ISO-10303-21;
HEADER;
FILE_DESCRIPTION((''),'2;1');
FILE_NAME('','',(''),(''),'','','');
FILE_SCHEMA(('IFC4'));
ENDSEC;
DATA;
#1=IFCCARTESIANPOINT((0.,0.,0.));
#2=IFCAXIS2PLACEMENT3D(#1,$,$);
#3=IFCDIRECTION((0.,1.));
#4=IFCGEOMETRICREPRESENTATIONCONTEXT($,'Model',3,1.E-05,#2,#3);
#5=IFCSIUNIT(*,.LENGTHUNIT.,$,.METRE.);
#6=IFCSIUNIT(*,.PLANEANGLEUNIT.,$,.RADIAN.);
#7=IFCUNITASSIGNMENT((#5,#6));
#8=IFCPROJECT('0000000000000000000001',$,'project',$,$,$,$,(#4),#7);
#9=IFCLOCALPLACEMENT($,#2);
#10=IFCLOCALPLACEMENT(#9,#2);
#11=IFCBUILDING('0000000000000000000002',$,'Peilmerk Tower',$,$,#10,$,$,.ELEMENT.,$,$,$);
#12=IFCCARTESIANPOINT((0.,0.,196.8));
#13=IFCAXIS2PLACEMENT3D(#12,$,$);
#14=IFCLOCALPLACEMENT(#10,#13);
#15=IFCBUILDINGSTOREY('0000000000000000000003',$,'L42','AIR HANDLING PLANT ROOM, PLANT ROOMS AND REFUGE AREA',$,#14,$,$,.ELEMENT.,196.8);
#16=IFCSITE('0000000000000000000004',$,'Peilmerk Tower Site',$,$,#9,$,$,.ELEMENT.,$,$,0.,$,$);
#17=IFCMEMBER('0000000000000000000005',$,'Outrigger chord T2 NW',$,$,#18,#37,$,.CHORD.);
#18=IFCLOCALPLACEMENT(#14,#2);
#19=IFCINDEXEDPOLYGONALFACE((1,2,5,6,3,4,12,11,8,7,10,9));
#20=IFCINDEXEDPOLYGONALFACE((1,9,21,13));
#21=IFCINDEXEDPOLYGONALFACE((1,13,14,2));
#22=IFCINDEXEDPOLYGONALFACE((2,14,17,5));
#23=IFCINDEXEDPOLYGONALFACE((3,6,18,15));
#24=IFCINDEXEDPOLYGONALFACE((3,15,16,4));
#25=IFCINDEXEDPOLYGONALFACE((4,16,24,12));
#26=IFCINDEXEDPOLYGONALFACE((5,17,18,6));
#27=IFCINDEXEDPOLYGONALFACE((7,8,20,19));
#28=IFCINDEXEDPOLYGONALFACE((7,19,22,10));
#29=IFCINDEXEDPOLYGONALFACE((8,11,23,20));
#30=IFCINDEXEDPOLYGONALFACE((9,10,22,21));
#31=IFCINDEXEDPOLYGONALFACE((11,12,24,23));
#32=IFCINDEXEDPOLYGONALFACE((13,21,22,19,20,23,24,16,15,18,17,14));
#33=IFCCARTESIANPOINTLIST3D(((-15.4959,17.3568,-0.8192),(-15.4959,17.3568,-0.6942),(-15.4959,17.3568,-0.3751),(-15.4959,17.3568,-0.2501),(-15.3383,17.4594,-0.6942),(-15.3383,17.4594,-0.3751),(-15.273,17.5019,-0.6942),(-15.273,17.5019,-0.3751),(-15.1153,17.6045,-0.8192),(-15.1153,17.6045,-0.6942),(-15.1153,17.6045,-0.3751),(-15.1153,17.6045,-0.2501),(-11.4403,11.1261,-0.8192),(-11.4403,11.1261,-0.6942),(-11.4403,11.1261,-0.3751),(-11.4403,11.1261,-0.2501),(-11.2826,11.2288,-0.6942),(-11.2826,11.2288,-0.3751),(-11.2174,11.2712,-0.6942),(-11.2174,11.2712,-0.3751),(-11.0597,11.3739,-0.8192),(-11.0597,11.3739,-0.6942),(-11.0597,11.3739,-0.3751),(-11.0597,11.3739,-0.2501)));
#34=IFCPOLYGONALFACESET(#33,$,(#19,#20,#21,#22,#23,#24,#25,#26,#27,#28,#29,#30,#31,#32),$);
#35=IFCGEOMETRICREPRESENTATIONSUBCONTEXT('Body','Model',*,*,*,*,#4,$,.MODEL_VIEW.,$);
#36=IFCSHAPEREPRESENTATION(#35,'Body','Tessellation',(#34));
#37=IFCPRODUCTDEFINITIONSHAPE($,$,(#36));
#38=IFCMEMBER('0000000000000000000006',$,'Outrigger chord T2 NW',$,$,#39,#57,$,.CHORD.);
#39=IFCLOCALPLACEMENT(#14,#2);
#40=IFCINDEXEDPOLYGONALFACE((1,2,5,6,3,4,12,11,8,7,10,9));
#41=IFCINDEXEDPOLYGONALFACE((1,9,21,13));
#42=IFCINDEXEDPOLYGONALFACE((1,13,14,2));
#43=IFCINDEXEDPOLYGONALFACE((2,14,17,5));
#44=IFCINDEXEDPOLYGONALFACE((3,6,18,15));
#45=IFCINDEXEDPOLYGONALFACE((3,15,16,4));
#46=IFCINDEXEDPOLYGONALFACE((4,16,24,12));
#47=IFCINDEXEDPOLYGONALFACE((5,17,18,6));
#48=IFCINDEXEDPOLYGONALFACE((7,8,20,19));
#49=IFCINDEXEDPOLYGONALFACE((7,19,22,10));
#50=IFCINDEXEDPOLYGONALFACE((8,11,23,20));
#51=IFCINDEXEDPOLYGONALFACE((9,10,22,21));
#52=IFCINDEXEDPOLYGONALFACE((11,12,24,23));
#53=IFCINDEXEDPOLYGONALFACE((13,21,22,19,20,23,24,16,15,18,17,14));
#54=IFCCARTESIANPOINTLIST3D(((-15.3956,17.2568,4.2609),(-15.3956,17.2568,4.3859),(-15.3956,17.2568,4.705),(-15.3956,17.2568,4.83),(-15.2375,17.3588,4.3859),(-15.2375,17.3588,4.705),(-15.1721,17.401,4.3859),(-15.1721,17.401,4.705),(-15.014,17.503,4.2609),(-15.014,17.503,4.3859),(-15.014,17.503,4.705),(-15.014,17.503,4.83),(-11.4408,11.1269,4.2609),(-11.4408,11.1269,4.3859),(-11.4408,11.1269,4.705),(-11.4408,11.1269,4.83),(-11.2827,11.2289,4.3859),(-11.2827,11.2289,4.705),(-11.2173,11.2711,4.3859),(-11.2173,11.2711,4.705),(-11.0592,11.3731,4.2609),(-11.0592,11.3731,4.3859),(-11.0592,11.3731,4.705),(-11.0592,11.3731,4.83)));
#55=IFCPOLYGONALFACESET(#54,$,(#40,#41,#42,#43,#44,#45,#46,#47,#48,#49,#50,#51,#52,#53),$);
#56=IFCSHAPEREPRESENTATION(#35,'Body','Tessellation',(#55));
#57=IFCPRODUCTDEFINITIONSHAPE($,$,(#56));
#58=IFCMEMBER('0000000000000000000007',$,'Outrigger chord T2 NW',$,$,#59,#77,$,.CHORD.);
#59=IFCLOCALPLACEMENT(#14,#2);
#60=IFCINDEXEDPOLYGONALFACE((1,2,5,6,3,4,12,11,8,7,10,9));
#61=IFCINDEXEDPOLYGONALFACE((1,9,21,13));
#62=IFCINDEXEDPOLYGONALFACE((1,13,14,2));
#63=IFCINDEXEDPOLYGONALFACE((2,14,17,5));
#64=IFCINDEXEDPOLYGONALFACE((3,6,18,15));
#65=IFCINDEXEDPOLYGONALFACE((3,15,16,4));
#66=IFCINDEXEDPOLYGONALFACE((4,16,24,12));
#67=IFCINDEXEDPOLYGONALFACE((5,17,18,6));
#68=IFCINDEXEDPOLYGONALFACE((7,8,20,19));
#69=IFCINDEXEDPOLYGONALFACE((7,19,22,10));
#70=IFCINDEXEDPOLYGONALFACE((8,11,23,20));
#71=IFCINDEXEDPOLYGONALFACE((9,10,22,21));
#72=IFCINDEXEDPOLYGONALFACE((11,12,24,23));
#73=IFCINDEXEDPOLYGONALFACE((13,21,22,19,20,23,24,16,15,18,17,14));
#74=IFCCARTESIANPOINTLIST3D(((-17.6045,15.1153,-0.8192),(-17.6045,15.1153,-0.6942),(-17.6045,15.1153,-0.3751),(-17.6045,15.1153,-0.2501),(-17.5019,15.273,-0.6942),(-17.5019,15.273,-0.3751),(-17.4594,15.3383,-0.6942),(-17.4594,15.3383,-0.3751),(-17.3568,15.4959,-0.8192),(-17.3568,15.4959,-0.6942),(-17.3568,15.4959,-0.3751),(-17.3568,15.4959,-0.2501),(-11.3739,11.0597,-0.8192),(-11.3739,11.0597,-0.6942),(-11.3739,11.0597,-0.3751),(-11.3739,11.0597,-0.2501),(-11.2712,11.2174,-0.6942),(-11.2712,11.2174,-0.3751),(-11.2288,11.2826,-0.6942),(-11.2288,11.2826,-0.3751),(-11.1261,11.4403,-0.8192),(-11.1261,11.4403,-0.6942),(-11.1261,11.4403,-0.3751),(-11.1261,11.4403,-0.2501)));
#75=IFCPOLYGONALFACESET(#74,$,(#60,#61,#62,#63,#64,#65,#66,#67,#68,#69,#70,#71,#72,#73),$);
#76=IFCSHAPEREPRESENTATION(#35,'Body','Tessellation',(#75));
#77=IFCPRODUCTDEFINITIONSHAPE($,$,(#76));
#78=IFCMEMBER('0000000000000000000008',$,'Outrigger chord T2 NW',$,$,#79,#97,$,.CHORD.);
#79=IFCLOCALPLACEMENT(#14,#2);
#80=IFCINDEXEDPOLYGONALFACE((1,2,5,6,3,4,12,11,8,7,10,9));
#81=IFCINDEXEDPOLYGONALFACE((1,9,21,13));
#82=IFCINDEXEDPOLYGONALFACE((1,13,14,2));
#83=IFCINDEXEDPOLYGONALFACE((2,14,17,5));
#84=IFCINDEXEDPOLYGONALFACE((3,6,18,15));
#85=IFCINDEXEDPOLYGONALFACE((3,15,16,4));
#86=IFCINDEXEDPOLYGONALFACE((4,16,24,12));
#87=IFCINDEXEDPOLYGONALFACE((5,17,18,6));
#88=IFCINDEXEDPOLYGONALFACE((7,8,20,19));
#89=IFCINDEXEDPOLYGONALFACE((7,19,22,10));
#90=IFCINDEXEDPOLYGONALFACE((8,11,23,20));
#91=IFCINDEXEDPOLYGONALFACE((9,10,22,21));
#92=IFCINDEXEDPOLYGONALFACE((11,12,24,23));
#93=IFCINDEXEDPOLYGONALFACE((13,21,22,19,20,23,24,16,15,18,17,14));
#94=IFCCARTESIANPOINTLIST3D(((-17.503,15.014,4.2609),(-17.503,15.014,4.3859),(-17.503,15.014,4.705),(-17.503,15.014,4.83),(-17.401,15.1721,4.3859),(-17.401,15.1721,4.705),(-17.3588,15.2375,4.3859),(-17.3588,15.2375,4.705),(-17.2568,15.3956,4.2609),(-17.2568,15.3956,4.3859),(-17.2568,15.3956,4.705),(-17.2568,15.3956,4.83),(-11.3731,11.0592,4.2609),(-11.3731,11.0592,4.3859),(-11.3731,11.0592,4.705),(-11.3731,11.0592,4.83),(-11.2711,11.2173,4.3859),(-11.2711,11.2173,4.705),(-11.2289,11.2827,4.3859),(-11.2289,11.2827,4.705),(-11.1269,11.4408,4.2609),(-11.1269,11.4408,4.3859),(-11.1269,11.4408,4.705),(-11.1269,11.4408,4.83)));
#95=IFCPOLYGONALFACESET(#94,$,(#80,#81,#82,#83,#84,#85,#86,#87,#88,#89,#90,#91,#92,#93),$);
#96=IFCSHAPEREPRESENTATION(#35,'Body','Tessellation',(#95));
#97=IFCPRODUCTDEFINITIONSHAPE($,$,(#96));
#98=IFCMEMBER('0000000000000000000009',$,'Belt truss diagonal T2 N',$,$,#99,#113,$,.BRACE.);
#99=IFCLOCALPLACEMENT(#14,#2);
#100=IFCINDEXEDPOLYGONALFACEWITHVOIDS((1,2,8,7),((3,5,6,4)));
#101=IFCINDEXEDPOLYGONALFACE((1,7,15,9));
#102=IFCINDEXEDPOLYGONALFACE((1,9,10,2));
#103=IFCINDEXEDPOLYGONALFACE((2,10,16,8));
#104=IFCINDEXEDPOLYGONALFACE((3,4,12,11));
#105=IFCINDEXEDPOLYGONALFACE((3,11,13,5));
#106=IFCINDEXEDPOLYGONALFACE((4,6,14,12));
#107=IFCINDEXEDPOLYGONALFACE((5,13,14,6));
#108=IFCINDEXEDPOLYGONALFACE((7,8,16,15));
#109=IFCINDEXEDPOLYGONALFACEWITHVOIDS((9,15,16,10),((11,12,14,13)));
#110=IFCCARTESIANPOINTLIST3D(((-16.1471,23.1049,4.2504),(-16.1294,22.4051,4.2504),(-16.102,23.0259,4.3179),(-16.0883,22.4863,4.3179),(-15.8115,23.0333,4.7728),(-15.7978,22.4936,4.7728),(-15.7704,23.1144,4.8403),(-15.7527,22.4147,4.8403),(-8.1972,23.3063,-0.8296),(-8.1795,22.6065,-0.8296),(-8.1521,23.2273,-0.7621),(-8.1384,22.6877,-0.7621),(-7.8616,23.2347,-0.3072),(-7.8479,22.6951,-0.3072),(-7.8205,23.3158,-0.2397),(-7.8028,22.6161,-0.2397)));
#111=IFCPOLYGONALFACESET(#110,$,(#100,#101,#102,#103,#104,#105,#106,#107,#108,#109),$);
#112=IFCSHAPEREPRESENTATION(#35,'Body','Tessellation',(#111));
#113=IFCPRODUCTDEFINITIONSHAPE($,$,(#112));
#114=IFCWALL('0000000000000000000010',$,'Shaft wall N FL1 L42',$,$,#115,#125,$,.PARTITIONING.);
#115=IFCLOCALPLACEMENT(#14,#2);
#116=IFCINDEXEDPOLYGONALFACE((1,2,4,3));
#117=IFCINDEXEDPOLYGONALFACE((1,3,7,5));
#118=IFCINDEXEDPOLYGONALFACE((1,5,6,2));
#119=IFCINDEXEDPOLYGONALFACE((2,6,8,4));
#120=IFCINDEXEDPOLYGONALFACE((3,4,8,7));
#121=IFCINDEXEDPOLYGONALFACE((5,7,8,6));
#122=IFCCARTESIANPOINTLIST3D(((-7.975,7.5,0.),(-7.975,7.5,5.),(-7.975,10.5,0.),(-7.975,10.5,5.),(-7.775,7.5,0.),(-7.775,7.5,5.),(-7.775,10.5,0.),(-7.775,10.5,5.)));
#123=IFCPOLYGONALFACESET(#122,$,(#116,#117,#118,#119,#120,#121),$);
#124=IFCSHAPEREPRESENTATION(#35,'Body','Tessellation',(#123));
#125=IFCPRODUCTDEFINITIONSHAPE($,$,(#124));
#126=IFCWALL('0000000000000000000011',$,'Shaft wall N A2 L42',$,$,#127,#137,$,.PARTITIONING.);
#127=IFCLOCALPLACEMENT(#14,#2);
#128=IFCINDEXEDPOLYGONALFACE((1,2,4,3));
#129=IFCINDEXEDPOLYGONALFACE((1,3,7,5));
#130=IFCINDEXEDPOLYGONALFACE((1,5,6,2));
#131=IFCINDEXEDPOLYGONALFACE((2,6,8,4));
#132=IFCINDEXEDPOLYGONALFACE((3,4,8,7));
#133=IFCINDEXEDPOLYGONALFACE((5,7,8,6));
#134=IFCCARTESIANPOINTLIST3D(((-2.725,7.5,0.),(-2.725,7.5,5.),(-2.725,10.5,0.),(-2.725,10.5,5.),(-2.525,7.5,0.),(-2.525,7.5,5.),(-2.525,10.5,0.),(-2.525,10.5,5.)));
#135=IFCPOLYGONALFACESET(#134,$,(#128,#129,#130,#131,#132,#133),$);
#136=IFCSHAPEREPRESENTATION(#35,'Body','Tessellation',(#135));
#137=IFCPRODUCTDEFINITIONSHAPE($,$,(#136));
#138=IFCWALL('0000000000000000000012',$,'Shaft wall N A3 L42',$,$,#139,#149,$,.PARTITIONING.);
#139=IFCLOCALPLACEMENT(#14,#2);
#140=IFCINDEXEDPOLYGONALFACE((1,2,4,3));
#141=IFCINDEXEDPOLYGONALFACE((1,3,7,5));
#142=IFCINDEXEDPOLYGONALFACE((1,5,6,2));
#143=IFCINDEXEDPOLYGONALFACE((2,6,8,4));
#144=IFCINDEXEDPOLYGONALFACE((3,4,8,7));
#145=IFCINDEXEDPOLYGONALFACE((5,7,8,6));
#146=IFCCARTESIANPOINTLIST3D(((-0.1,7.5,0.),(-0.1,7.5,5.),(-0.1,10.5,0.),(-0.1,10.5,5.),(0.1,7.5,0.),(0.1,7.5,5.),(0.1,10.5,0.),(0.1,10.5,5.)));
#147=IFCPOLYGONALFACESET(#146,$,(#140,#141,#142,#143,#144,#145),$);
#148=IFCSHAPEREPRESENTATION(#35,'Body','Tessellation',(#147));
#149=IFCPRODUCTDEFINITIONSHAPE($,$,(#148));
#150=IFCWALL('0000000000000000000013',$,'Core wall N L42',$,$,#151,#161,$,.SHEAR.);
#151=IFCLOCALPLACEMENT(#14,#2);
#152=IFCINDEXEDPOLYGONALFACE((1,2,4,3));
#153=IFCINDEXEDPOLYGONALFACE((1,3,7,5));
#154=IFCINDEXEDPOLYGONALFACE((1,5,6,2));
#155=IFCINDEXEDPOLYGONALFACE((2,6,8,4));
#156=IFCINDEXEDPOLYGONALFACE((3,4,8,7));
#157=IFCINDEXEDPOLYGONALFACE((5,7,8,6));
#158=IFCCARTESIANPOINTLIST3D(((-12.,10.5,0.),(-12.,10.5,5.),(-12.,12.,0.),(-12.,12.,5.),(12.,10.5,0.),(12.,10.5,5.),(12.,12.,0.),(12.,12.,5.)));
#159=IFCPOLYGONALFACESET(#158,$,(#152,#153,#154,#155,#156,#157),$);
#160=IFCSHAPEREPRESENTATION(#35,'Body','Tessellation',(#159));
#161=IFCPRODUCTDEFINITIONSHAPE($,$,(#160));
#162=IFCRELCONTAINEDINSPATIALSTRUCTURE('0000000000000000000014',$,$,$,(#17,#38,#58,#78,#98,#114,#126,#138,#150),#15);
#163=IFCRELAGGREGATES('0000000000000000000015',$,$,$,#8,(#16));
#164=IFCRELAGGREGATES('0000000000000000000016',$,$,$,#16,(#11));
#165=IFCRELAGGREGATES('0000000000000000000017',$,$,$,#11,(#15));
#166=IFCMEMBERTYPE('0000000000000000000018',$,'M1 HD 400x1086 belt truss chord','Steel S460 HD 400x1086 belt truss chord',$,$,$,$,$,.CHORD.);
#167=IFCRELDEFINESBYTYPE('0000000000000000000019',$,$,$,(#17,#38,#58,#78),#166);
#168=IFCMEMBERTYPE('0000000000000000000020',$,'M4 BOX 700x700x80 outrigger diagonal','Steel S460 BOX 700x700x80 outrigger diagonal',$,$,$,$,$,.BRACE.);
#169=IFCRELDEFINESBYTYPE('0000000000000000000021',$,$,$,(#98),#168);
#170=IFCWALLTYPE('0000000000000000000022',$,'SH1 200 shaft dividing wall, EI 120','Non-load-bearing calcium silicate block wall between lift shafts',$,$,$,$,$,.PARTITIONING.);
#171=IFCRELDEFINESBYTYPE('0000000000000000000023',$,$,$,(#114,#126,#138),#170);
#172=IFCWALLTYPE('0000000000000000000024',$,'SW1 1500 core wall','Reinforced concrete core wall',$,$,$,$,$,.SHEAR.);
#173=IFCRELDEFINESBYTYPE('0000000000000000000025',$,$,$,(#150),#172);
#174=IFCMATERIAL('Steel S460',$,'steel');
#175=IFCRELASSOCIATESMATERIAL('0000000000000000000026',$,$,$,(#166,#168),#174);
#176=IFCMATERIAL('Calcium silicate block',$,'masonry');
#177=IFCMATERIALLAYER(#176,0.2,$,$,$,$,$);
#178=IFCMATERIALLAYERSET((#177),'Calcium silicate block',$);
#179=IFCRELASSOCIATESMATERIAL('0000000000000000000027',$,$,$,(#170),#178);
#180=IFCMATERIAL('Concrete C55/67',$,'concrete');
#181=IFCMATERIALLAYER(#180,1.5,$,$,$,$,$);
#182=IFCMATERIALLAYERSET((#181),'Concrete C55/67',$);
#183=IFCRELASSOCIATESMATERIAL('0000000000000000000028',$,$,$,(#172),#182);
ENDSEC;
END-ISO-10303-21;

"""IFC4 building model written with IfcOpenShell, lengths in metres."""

from ifc_helpers import new_model, si_unit, direction, frame, frame_2d, origin, origin_2d, place, context, subcontext, project, spatial, rectangle, hollow_rectangle, i_section, extrude, material, layer, layer_set, material_profile, profile_set, type_object, element, save


model = new_model("IFC4")

# Units and contexts
model_context = context("Model", 3, precision=1e-05, world=origin(), true_north=direction((0.0, 1.0)))
body_context = subcontext(model_context, "Body", "Model", "MODEL_VIEW")
ifc_project = project(units=[si_unit("LENGTHUNIT", "METRE"), si_unit("PLANEANGLEUNIT", "RADIAN")], contexts=[model_context])

# Site, building, storey
site_placement = place(None, origin())
site = spatial("IfcSite", under=ifc_project, at=site_placement, Name="Peilmerk Tower Site", CompositionType="ELEMENT", RefElevation=0.0)
building_placement = place(site_placement, origin())
building = spatial("IfcBuilding", under=site, at=building_placement, Name="Peilmerk Tower", CompositionType="ELEMENT")
storey_placement = place(building_placement, frame((0.0, 0.0, 196.8)))
storey = spatial("IfcBuildingStorey", under=building, at=storey_placement, Name="L42", Description="AIR HANDLING PLANT ROOM, PLANT ROOMS AND REFUGE AREA", CompositionType="ELEMENT", Elevation=196.8)

# Shared definitions
ifc_material_1 = material(Name="Steel S460", Category="steel")

# Members
ifc_material_profile_1 = material_profile(ifc_material_1, i_section(OverallWidth=0.4541, OverallDepth=0.5691, WebThickness=0.0779, FlangeThickness=0.125, at=origin_2d()), Name="HD 400x1086")
ifc_profile_set_1 = profile_set([ifc_material_profile_1], Name="Steel S460")
member_type_1 = type_object("IfcMemberType", Name="M1 HD 400x1086 belt truss chord", Description="Steel S460 HD 400x1086 belt truss chord", PredefinedType="CHORD", material=ifc_profile_set_1)
member_1_placement = place(storey_placement, frame((-11.25, 11.25, -0.5347), z_axis=(-0.545527, 0.838093, 0.0), x_axis=(-0.838093, -0.545527, 0.0)))
element("IfcMember", 1, at=member_1_placement, inside=storey, type_object=member_type_1, Name="Outrigger chord T2 NW", PredefinedType="CHORD", context=body_context, shape_type="SweptSolid", body=[
    extrude(i_section(OverallWidth=0.4541, OverallDepth=0.5691, WebThickness=0.0779, FlangeThickness=0.125, at=origin_2d()), origin(), (0.0, 0.0, 1.0), 7.4343),
])
member_2_placement = place(storey_placement, frame((-11.25, 11.25, 4.5454), z_axis=(-0.542134, 0.840292, 0.0), x_axis=(-0.840292, -0.542134, 0.0)))
element("IfcMember", 2, at=member_2_placement, inside=storey, type_object=member_type_1, Name="Outrigger chord T2 NW", PredefinedType="CHORD", context=body_context, shape_type="SweptSolid", body=[
    extrude(i_section(OverallWidth=0.4541, OverallDepth=0.5691, WebThickness=0.0779, FlangeThickness=0.125, at=origin_2d()), origin(), (0.0, 0.0, 1.0), 7.2949),
])
member_3_placement = place(storey_placement, frame((-11.25, 11.25, -0.5347), z_axis=(-0.838093, 0.545527, 0.0), x_axis=(-0.545527, -0.838093, 0.0)))
element("IfcMember", 3, at=member_3_placement, inside=storey, type_object=member_type_1, Name="Outrigger chord T2 NW", PredefinedType="CHORD", context=body_context, shape_type="SweptSolid", body=[
    extrude(i_section(OverallWidth=0.4541, OverallDepth=0.5691, WebThickness=0.0779, FlangeThickness=0.125, at=origin_2d()), origin(), (0.0, 0.0, 1.0), 7.4343),
])
member_4_placement = place(storey_placement, frame((-11.25, 11.25, 4.5454), z_axis=(-0.840292, 0.542134, 0.0), x_axis=(-0.542134, -0.840292, 0.0)))
element("IfcMember", 4, at=member_4_placement, inside=storey, type_object=member_type_1, Name="Outrigger chord T2 NW", PredefinedType="CHORD", context=body_context, shape_type="SweptSolid", body=[
    extrude(i_section(OverallWidth=0.4541, OverallDepth=0.5691, WebThickness=0.0779, FlangeThickness=0.125, at=origin_2d()), origin(), (0.0, 0.0, 1.0), 7.2949),
])
ifc_material_profile_2 = material_profile(ifc_material_1, hollow_rectangle(XDim=0.7, YDim=0.7, WallThickness=0.0801, at=origin_2d()), Name="BOX 700x700x80")
ifc_profile_set_2 = profile_set([ifc_material_profile_2], Name="Steel S460")
member_type_2 = type_object("IfcMemberType", Name="M4 BOX 700x700x80 outrigger diagonal", Description="Steel S460 BOX 700x700x80 outrigger diagonal", PredefinedType="BRACE", material=ifc_profile_set_2)
member_5_placement = place(storey_placement, frame((-8.0, 22.9612, -0.5347), z_axis=(-0.842459, -0.021344, 0.538338), x_axis=(0.025327, -0.999679, 0.0)))
element("IfcMember", 5, at=member_5_placement, inside=storey, type_object=member_type_2, Name="Belt truss diagonal T2 N", PredefinedType="BRACE", context=body_context, shape_type="SweptSolid", body=[
    extrude(hollow_rectangle(XDim=0.7, YDim=0.7, WallThickness=0.0801, at=origin_2d()), origin(), (0.0, 0.0, 1.0), 9.4365),
])

# Walls
ifc_material_2 = material(Name="Calcium silicate block", Category="masonry")
ifc_layer_1 = layer(ifc_material_2, 0.2)
ifc_layer_set_1 = layer_set([ifc_layer_1], Name="Calcium silicate block")
wall_type_1 = type_object("IfcWallType", Name="SH1 200 shaft dividing wall, EI 120", Description="Non-load-bearing calcium silicate block wall between lift shafts", PredefinedType="PARTITIONING", material=ifc_layer_set_1)
for number, where, z_axis, x_axis, name in (
    (6, (-7.875, 7.5, 0.0), (0.0, 0.0, 1.0), (0.0, 1.0, 0.0), "Shaft wall N FL1 L42"),
    (7, (-2.625, 7.5, 0.0), (0.0, 0.0, 1.0), (0.0, 1.0, 0.0), "Shaft wall N A2 L42"),
    (8, (0.0, 7.5, 0.0), (0.0, 0.0, 1.0), (0.0, 1.0, 0.0), "Shaft wall N A3 L42"),
):
    element("IfcWall", number, at=place(storey_placement, frame(where, z_axis=z_axis, x_axis=x_axis)), inside=storey, type_object=wall_type_1, Name=name, PredefinedType="PARTITIONING", context=body_context, shape_type="SweptSolid", body=[
        extrude(rectangle(XDim=3.0, YDim=0.2, at=frame_2d((1.5, 0.0))), origin(), (0.0, 0.0, 1.0), 5.0),
    ])
ifc_material_3 = material(Name="Concrete C55/67", Category="concrete")
ifc_layer_2 = layer(ifc_material_3, 1.5)
ifc_layer_set_2 = layer_set([ifc_layer_2], Name="Concrete C55/67")
wall_type_2 = type_object("IfcWallType", Name="SW1 1500 core wall", Description="Reinforced concrete core wall", PredefinedType="SHEAR", material=ifc_layer_set_2)
wall_placement = place(storey_placement, frame((-12.0, 11.25, 0.0), z_axis=(0.0, 0.0, 1.0), x_axis=(1.0, 0.0, 0.0)))
element("IfcWall", 9, at=wall_placement, inside=storey, type_object=wall_type_2, Name="Core wall N L42", PredefinedType="SHEAR", context=body_context, shape_type="SweptSolid", body=[
    extrude(rectangle(XDim=24.0, YDim=1.5, at=frame_2d((12.0, 0.0))), origin(), (0.0, 0.0, 1.0), 5.0),
])

save(model, "model.ifc")
